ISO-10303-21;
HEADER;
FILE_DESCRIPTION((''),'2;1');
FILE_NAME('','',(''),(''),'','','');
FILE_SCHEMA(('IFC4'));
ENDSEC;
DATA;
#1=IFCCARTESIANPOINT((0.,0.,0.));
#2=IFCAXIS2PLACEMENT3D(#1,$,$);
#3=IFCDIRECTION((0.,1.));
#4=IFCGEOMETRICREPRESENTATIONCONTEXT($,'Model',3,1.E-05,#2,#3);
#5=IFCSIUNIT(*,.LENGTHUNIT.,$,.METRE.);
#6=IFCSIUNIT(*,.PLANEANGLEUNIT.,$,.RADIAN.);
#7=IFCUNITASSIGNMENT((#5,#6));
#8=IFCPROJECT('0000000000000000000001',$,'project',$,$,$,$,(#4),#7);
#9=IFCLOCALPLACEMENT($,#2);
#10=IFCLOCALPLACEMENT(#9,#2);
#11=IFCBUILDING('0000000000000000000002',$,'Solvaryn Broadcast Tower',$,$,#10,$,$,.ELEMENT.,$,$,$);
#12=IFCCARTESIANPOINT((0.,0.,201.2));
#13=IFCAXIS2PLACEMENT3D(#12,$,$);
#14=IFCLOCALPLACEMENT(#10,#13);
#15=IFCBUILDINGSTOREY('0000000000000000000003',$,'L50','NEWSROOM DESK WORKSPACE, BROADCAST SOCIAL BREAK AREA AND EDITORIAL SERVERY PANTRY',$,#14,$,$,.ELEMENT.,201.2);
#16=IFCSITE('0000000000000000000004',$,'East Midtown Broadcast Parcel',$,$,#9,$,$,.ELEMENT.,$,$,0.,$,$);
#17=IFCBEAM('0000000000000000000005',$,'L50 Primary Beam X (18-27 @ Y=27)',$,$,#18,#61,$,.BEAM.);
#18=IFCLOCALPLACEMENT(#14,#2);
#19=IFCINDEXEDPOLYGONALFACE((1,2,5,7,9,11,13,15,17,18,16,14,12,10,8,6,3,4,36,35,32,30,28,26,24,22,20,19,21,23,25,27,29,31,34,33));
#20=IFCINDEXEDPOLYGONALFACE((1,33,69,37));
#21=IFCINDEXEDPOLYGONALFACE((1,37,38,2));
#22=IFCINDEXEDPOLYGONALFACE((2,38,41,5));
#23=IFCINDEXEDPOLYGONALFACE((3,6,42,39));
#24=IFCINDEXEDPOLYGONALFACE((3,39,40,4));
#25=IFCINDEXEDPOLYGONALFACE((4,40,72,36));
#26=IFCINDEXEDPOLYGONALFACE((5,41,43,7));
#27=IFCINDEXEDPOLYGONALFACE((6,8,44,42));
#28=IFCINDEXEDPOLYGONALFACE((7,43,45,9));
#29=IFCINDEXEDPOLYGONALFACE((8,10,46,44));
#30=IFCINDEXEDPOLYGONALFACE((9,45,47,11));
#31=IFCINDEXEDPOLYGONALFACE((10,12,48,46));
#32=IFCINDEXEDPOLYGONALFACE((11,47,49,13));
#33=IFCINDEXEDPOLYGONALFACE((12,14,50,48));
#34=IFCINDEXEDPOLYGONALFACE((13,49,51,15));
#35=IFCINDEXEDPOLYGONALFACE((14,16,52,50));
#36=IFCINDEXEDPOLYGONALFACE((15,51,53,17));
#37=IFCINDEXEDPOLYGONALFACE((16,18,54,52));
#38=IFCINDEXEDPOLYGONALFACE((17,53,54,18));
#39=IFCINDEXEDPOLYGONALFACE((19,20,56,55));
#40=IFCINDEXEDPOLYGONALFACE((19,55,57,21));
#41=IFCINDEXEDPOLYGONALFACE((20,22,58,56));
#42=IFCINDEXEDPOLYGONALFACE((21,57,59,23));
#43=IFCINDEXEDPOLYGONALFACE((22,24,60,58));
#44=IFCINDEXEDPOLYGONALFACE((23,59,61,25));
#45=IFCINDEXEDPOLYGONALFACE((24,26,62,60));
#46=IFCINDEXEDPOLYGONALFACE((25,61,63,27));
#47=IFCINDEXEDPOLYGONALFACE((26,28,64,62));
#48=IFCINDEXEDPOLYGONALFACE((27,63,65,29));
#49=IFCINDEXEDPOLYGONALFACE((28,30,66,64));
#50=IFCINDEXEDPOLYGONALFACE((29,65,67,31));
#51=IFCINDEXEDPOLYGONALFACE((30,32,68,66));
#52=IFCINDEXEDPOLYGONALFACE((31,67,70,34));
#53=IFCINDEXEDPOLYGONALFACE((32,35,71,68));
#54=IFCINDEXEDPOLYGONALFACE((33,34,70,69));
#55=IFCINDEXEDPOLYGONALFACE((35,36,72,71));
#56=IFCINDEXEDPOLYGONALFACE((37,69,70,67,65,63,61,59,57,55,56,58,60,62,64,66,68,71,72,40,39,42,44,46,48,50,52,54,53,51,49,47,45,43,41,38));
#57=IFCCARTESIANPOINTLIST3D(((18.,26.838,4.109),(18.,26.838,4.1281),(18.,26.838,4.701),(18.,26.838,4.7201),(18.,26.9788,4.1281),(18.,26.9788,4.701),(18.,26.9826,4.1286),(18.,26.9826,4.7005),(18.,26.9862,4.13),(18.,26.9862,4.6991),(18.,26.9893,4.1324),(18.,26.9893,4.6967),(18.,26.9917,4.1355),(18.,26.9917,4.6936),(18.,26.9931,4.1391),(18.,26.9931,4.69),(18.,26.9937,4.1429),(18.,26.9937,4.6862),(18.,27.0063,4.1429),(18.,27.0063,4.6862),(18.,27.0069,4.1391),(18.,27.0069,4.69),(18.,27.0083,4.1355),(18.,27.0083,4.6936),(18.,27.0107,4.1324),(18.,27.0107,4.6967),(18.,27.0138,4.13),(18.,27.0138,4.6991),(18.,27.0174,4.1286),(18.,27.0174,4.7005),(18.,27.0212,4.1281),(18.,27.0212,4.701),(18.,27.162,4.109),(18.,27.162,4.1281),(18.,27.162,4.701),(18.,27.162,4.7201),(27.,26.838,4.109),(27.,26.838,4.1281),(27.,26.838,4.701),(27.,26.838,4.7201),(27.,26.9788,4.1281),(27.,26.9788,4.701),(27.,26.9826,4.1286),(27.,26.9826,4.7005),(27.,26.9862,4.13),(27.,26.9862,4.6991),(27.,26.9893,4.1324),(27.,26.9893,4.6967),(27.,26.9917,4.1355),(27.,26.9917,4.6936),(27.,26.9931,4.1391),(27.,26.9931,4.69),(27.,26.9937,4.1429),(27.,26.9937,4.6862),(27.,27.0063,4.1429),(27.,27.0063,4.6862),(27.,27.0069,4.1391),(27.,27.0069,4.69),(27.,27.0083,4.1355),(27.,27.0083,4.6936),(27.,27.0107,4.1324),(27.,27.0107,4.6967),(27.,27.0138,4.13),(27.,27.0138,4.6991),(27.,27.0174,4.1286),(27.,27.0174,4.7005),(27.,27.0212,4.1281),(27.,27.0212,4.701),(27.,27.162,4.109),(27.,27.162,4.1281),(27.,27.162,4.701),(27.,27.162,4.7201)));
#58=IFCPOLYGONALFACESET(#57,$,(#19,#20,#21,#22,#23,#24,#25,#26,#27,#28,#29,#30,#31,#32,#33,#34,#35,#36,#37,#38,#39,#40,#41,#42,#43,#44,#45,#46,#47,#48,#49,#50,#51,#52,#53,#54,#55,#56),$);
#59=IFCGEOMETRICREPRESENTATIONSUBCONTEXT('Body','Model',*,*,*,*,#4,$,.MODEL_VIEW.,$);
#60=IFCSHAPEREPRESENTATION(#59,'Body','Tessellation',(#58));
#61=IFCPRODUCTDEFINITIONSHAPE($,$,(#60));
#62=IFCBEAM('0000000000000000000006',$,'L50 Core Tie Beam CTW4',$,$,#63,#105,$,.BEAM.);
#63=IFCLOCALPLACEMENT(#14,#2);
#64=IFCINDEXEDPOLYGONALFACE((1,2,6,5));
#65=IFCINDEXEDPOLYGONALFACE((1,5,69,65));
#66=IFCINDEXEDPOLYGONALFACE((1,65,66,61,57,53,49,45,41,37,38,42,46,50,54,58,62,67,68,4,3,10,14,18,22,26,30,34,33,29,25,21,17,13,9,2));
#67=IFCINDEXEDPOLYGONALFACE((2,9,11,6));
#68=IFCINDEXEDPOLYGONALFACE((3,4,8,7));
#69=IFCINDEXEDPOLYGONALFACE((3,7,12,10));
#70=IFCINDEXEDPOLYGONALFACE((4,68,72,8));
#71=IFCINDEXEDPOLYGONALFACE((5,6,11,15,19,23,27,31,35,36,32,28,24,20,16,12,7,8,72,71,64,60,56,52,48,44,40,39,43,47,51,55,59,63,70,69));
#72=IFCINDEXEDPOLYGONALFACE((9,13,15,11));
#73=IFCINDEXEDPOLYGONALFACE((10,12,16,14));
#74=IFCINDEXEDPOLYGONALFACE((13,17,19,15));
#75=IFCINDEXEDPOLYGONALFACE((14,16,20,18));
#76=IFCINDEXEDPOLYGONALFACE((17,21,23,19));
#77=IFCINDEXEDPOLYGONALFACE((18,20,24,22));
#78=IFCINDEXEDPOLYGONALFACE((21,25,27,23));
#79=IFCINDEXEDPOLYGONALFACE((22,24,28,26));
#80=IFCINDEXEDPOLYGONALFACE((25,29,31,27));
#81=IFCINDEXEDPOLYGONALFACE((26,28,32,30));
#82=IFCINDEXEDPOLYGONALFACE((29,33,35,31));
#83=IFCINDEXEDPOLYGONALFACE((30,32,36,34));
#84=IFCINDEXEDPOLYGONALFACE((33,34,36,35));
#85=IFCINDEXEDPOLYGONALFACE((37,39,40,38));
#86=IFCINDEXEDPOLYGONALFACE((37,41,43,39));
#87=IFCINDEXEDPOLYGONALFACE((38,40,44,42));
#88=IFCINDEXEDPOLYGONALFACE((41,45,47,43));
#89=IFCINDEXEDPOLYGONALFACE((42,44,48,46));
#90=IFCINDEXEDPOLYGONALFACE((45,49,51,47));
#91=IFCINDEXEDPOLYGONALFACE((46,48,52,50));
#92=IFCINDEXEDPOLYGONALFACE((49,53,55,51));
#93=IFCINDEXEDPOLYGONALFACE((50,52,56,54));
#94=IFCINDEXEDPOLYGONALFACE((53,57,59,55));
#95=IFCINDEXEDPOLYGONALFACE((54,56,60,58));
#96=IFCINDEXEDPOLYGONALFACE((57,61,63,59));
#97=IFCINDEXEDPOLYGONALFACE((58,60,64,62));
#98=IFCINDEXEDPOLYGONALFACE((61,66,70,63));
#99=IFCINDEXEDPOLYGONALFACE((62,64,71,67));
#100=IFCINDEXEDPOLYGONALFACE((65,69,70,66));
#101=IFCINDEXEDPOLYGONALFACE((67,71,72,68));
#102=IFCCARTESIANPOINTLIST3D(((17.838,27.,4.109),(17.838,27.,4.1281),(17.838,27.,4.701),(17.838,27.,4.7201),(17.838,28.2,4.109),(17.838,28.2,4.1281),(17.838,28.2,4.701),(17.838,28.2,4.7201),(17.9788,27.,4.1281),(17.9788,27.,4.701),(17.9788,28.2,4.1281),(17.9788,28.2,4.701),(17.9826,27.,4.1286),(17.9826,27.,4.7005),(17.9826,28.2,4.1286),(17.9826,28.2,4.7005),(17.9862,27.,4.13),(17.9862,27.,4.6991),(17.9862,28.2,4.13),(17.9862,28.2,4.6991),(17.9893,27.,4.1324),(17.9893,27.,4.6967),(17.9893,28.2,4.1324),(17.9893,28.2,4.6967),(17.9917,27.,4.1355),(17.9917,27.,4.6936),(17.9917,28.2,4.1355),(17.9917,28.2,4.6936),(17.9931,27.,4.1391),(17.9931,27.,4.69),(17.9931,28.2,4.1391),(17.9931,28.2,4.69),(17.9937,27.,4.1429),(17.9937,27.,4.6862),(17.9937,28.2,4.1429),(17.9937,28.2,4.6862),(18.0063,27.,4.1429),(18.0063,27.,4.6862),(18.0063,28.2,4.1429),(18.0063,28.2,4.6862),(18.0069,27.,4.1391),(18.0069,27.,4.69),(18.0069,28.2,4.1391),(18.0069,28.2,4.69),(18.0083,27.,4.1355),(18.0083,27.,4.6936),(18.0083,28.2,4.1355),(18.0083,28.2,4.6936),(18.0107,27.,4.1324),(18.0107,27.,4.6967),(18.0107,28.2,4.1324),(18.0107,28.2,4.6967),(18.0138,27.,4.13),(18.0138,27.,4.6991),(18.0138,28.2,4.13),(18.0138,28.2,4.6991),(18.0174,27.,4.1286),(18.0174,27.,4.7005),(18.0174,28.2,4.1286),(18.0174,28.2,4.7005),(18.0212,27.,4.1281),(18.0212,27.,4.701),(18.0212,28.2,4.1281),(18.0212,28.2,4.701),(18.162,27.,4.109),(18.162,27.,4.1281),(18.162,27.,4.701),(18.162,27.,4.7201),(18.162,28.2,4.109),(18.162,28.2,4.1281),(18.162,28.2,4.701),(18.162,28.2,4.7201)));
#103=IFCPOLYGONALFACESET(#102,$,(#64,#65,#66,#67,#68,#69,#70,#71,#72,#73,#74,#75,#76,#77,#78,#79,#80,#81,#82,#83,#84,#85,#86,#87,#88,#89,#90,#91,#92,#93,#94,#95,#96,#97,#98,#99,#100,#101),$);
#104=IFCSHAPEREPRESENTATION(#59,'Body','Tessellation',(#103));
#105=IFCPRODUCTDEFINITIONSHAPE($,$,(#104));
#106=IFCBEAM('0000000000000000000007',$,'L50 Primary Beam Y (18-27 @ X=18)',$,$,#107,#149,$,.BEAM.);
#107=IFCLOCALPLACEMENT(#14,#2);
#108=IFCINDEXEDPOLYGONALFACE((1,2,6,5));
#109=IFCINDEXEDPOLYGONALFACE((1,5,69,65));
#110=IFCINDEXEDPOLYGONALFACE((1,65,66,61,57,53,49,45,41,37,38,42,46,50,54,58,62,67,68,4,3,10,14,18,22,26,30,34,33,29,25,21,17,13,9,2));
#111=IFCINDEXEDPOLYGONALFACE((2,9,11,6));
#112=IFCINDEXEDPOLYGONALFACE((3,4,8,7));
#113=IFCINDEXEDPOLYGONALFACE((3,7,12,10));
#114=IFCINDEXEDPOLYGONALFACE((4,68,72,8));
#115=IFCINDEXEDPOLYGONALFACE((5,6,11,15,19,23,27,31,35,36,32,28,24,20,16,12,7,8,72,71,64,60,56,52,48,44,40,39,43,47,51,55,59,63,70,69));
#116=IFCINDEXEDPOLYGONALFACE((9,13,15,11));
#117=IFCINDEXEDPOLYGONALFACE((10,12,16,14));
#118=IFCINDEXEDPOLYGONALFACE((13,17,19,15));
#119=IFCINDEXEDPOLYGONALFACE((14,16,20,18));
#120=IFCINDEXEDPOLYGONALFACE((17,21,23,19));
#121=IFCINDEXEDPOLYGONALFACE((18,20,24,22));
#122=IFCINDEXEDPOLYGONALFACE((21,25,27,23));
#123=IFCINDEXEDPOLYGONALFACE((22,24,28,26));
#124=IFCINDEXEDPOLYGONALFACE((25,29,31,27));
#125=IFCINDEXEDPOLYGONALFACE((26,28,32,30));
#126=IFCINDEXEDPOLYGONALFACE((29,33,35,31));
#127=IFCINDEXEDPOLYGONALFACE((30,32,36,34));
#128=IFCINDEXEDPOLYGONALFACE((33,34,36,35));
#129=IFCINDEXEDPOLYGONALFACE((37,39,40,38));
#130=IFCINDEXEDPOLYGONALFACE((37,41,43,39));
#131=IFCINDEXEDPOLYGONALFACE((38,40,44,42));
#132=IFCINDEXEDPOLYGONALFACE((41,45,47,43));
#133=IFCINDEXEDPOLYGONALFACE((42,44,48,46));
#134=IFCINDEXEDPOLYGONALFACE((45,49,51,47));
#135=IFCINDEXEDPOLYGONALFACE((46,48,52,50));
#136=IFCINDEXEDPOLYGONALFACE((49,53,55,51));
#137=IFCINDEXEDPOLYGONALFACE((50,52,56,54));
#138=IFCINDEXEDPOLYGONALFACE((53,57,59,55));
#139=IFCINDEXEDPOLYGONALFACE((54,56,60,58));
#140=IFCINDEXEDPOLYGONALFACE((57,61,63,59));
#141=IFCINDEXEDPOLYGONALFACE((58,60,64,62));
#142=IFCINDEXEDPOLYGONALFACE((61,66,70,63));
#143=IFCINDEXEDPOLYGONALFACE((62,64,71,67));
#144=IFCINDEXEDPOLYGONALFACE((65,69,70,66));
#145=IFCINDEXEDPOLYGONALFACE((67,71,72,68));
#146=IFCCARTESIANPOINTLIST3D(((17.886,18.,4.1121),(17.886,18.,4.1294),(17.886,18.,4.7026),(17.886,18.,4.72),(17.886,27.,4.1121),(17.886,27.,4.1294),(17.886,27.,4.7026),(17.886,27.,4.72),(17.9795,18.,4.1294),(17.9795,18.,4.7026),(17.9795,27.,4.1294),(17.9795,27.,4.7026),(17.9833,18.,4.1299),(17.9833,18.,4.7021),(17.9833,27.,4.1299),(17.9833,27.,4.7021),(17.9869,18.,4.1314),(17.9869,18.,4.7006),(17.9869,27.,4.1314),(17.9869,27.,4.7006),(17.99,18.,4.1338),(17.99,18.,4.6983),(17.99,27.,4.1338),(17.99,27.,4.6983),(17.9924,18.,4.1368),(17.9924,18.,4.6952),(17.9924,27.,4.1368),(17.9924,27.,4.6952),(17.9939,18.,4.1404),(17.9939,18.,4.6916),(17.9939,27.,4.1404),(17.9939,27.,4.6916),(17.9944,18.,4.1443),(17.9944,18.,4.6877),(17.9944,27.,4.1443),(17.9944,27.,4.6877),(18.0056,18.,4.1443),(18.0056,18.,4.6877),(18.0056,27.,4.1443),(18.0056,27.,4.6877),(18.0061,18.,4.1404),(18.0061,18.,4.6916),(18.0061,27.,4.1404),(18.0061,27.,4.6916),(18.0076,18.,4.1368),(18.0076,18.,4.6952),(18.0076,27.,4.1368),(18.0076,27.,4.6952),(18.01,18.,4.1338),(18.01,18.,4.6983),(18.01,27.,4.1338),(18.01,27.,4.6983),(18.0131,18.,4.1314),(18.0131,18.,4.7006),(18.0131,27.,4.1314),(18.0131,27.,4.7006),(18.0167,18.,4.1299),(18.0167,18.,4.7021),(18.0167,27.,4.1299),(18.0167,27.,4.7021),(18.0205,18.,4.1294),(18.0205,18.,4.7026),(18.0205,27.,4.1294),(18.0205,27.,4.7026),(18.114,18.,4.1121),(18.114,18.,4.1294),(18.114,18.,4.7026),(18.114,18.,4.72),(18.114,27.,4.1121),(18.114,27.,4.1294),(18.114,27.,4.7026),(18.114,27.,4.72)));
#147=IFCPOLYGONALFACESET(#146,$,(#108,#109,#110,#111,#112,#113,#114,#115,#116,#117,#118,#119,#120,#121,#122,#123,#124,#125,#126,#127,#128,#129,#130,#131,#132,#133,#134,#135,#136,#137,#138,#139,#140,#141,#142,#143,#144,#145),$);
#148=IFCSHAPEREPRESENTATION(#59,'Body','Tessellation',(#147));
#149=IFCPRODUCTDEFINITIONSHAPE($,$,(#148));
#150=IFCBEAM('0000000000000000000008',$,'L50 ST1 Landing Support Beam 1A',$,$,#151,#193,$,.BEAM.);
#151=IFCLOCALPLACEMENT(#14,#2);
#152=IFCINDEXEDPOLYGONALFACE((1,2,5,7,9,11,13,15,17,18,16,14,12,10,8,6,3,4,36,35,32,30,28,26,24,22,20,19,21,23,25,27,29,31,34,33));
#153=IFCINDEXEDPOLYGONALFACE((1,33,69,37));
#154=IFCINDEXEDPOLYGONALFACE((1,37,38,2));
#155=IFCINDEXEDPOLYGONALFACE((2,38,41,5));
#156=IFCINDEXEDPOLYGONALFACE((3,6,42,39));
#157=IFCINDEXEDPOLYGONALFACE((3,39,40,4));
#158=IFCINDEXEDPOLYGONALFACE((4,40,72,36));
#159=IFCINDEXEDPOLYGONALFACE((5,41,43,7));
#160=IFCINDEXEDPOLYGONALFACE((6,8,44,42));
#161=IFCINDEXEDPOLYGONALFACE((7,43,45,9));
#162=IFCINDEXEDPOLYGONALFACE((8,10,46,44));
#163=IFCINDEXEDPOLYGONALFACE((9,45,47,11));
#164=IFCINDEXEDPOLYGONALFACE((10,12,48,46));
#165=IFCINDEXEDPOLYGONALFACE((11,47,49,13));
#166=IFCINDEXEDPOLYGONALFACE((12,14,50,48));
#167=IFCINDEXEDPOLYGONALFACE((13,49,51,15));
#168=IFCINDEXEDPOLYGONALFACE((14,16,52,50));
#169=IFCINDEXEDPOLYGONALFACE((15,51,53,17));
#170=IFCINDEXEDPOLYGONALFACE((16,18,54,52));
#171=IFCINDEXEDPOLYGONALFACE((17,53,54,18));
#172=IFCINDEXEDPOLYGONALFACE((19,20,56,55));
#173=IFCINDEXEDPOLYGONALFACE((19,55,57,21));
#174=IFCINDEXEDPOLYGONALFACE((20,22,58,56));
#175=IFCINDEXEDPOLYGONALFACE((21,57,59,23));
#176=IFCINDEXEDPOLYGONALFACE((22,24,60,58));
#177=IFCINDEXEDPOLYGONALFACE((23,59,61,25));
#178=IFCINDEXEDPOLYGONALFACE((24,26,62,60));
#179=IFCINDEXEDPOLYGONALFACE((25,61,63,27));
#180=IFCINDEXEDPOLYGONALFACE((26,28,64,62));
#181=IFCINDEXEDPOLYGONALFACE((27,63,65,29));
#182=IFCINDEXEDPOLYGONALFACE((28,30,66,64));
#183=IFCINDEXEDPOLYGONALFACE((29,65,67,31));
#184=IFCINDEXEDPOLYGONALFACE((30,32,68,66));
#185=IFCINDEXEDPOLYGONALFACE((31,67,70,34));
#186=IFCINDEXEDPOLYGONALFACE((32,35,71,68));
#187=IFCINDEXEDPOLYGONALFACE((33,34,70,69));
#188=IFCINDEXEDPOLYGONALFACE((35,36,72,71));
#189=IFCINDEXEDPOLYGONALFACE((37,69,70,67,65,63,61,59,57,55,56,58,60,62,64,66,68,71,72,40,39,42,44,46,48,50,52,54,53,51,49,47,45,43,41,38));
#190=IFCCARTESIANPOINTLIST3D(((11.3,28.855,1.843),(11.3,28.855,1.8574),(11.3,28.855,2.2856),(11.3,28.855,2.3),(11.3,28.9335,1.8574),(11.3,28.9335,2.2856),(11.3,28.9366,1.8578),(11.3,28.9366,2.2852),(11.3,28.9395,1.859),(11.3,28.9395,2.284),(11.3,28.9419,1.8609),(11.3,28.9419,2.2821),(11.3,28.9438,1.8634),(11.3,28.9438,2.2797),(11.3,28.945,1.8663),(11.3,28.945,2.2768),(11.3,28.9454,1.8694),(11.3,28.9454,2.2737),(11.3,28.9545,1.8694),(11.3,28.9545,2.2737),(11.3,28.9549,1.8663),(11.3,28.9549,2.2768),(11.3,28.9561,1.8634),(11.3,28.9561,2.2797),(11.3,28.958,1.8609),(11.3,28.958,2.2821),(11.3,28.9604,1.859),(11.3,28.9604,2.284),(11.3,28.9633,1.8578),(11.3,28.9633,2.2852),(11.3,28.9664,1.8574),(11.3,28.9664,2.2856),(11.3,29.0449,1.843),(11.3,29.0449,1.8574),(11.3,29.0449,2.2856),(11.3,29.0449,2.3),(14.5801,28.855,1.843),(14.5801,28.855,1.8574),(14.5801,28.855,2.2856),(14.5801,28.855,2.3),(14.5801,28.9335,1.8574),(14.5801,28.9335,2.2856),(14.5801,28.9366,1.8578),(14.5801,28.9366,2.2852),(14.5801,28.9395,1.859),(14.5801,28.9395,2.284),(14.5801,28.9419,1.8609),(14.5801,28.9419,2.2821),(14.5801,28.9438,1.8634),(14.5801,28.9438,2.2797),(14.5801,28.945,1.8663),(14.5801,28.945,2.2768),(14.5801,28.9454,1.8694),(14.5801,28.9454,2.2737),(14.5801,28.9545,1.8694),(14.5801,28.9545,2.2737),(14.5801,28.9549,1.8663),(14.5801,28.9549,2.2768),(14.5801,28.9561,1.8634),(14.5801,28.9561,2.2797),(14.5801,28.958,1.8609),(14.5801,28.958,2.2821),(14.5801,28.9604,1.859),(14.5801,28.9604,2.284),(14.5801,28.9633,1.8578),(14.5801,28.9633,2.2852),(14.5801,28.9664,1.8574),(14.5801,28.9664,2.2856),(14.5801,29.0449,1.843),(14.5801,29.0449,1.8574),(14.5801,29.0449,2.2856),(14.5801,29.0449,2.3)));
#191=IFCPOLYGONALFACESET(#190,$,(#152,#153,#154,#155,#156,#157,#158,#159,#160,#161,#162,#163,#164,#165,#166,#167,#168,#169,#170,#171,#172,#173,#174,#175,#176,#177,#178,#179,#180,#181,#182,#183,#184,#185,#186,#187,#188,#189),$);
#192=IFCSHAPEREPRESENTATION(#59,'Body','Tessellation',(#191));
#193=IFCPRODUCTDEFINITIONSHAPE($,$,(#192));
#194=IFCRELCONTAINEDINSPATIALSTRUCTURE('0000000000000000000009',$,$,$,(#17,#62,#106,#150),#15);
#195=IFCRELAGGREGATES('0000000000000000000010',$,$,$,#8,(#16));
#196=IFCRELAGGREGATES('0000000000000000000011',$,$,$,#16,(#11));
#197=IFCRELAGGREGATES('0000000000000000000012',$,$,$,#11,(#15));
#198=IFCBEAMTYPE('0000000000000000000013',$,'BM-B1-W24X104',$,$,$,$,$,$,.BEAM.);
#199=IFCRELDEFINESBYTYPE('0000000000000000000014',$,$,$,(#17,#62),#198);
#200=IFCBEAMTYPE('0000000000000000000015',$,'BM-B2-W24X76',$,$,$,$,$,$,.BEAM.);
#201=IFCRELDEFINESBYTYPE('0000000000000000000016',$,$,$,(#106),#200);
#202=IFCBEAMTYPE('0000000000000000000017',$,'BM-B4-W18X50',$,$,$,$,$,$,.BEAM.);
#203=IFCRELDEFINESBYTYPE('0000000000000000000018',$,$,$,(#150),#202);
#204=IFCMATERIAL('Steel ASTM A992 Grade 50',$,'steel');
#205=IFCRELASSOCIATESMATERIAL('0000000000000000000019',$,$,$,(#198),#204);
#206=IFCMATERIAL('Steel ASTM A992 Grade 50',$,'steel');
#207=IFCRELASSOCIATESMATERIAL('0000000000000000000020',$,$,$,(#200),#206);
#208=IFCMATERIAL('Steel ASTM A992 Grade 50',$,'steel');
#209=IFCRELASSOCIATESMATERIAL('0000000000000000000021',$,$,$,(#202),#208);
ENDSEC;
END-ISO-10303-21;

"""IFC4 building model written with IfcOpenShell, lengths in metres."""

from ifc_helpers import new_model, si_unit, direction, frame, origin, origin_2d, place, context, subcontext, project, spatial, i_section, extrude, material, material_profile, profile_set, type_object, element, save


model = new_model("IFC4")

# Units and contexts
model_context = context("Model", 3, precision=1e-05, world=origin(), true_north=direction((0.0, 1.0)))
body_context = subcontext(model_context, "Body", "Model", "MODEL_VIEW")
ifc_project = project(units=[si_unit("LENGTHUNIT", "METRE"), si_unit("PLANEANGLEUNIT", "RADIAN")], contexts=[model_context])

# Site, building, storey
site_placement = place(None, origin())
site = spatial("IfcSite", under=ifc_project, at=site_placement, Name="East Midtown Broadcast Parcel", CompositionType="ELEMENT", RefElevation=0.0)
building_placement = place(site_placement, origin())
building = spatial("IfcBuilding", under=site, at=building_placement, Name="Solvaryn Broadcast Tower", CompositionType="ELEMENT")
storey_placement = place(building_placement, frame((0.0, 0.0, 201.2)))
storey = spatial("IfcBuildingStorey", under=building, at=storey_placement, Name="L50", Description="NEWSROOM DESK WORKSPACE, BROADCAST SOCIAL BREAK AREA AND EDITORIAL SERVERY PANTRY", CompositionType="ELEMENT", Elevation=201.2)

# Beams
ifc_material_1 = material(Name="Steel ASTM A992 Grade 50", Category="steel")
ifc_material_profile_1 = material_profile(ifc_material_1, i_section(OverallWidth=0.324, OverallDepth=0.6111, WebThickness=0.0127, FlangeThickness=0.019, FilletRadius=0.0149, at=origin_2d()))
ifc_profile_set_1 = profile_set([ifc_material_profile_1], Name="Steel ASTM A992 Grade 50")
beam_type_1 = type_object("IfcBeamType", Name="BM-B1-W24X104", PredefinedType="BEAM", material=ifc_profile_set_1)
for number, where, z_axis, x_axis, name in (
    (1, (18.0, 27.0, 4.4146), (1.0, 0.0, 0.0), (0.0, 1.0, 0.0), "L50 Primary Beam X (18-27 @ Y=27)"),
):
    element("IfcBeam", number, at=place(storey_placement, frame(where, z_axis=z_axis, x_axis=x_axis)), inside=storey, type_object=beam_type_1, Name=name, PredefinedType="BEAM", context=body_context, shape_type="SweptSolid", body=[
        extrude(i_section(OverallWidth=0.324, OverallDepth=0.6111, WebThickness=0.0127, FlangeThickness=0.019, FilletRadius=0.0149, at=origin_2d()), origin(), (0.0, 0.0, 1.0), 9.0),
    ])
beam_1_placement = place(storey_placement, frame((18.0, 27.0, 4.4146), z_axis=(0.0, 1.0, 0.0), x_axis=(-1.0, 0.0, 0.0)))
element("IfcBeam", 2, at=beam_1_placement, inside=storey, type_object=beam_type_1, Name="L50 Core Tie Beam CTW4", PredefinedType="BEAM", context=body_context, shape_type="SweptSolid", body=[
    extrude(i_section(OverallWidth=0.324, OverallDepth=0.6111, WebThickness=0.0127, FlangeThickness=0.019, FilletRadius=0.0149, at=origin_2d()), origin(), (0.0, 0.0, 1.0), 1.2),
])
ifc_material_2 = material(Name="Steel ASTM A992 Grade 50", Category="steel")
ifc_material_profile_2 = material_profile(ifc_material_2, i_section(OverallWidth=0.228, OverallDepth=0.6079, WebThickness=0.0112, FlangeThickness=0.0173, FilletRadius=0.0149, at=origin_2d()))
ifc_profile_set_2 = profile_set([ifc_material_profile_2], Name="Steel ASTM A992 Grade 50")
beam_type_2 = type_object("IfcBeamType", Name="BM-B2-W24X76", PredefinedType="BEAM", material=ifc_profile_set_2)
beam_2_placement = place(storey_placement, frame((18.0, 18.0, 4.416), z_axis=(0.0, 1.0, 0.0), x_axis=(-1.0, 0.0, 0.0)))
element("IfcBeam", 3, at=beam_2_placement, inside=storey, type_object=beam_type_2, Name="L50 Primary Beam Y (18-27 @ X=18)", PredefinedType="BEAM", context=body_context, shape_type="SweptSolid", body=[
    extrude(i_section(OverallWidth=0.228, OverallDepth=0.6079, WebThickness=0.0112, FlangeThickness=0.0173, FilletRadius=0.0149, at=origin_2d()), origin(), (0.0, 0.0, 1.0), 9.0),
])
ifc_material_3 = material(Name="Steel ASTM A992 Grade 50", Category="steel")
ifc_material_profile_3 = material_profile(ifc_material_3, i_section(OverallWidth=0.1899, OverallDepth=0.457, WebThickness=0.009, FlangeThickness=0.0144, FilletRadius=0.012, at=origin_2d()))
ifc_profile_set_3 = profile_set([ifc_material_profile_3], Name="Steel ASTM A992 Grade 50")
beam_type_3 = type_object("IfcBeamType", Name="BM-B4-W18X50", PredefinedType="BEAM", material=ifc_profile_set_3)
beam_3_placement = place(storey_placement, frame((11.3, 28.95, 2.0715), z_axis=(1.0, 0.0, 0.0), x_axis=(0.0, 1.0, 0.0)))
element("IfcBeam", 4, at=beam_3_placement, inside=storey, type_object=beam_type_3, Name="L50 ST1 Landing Support Beam 1A", PredefinedType="BEAM", context=body_context, shape_type="SweptSolid", body=[
    extrude(i_section(OverallWidth=0.1899, OverallDepth=0.457, WebThickness=0.009, FlangeThickness=0.0144, FilletRadius=0.012, at=origin_2d()), origin(), (0.0, 0.0, 1.0), 3.28),
])

save(model, "model.ifc")
